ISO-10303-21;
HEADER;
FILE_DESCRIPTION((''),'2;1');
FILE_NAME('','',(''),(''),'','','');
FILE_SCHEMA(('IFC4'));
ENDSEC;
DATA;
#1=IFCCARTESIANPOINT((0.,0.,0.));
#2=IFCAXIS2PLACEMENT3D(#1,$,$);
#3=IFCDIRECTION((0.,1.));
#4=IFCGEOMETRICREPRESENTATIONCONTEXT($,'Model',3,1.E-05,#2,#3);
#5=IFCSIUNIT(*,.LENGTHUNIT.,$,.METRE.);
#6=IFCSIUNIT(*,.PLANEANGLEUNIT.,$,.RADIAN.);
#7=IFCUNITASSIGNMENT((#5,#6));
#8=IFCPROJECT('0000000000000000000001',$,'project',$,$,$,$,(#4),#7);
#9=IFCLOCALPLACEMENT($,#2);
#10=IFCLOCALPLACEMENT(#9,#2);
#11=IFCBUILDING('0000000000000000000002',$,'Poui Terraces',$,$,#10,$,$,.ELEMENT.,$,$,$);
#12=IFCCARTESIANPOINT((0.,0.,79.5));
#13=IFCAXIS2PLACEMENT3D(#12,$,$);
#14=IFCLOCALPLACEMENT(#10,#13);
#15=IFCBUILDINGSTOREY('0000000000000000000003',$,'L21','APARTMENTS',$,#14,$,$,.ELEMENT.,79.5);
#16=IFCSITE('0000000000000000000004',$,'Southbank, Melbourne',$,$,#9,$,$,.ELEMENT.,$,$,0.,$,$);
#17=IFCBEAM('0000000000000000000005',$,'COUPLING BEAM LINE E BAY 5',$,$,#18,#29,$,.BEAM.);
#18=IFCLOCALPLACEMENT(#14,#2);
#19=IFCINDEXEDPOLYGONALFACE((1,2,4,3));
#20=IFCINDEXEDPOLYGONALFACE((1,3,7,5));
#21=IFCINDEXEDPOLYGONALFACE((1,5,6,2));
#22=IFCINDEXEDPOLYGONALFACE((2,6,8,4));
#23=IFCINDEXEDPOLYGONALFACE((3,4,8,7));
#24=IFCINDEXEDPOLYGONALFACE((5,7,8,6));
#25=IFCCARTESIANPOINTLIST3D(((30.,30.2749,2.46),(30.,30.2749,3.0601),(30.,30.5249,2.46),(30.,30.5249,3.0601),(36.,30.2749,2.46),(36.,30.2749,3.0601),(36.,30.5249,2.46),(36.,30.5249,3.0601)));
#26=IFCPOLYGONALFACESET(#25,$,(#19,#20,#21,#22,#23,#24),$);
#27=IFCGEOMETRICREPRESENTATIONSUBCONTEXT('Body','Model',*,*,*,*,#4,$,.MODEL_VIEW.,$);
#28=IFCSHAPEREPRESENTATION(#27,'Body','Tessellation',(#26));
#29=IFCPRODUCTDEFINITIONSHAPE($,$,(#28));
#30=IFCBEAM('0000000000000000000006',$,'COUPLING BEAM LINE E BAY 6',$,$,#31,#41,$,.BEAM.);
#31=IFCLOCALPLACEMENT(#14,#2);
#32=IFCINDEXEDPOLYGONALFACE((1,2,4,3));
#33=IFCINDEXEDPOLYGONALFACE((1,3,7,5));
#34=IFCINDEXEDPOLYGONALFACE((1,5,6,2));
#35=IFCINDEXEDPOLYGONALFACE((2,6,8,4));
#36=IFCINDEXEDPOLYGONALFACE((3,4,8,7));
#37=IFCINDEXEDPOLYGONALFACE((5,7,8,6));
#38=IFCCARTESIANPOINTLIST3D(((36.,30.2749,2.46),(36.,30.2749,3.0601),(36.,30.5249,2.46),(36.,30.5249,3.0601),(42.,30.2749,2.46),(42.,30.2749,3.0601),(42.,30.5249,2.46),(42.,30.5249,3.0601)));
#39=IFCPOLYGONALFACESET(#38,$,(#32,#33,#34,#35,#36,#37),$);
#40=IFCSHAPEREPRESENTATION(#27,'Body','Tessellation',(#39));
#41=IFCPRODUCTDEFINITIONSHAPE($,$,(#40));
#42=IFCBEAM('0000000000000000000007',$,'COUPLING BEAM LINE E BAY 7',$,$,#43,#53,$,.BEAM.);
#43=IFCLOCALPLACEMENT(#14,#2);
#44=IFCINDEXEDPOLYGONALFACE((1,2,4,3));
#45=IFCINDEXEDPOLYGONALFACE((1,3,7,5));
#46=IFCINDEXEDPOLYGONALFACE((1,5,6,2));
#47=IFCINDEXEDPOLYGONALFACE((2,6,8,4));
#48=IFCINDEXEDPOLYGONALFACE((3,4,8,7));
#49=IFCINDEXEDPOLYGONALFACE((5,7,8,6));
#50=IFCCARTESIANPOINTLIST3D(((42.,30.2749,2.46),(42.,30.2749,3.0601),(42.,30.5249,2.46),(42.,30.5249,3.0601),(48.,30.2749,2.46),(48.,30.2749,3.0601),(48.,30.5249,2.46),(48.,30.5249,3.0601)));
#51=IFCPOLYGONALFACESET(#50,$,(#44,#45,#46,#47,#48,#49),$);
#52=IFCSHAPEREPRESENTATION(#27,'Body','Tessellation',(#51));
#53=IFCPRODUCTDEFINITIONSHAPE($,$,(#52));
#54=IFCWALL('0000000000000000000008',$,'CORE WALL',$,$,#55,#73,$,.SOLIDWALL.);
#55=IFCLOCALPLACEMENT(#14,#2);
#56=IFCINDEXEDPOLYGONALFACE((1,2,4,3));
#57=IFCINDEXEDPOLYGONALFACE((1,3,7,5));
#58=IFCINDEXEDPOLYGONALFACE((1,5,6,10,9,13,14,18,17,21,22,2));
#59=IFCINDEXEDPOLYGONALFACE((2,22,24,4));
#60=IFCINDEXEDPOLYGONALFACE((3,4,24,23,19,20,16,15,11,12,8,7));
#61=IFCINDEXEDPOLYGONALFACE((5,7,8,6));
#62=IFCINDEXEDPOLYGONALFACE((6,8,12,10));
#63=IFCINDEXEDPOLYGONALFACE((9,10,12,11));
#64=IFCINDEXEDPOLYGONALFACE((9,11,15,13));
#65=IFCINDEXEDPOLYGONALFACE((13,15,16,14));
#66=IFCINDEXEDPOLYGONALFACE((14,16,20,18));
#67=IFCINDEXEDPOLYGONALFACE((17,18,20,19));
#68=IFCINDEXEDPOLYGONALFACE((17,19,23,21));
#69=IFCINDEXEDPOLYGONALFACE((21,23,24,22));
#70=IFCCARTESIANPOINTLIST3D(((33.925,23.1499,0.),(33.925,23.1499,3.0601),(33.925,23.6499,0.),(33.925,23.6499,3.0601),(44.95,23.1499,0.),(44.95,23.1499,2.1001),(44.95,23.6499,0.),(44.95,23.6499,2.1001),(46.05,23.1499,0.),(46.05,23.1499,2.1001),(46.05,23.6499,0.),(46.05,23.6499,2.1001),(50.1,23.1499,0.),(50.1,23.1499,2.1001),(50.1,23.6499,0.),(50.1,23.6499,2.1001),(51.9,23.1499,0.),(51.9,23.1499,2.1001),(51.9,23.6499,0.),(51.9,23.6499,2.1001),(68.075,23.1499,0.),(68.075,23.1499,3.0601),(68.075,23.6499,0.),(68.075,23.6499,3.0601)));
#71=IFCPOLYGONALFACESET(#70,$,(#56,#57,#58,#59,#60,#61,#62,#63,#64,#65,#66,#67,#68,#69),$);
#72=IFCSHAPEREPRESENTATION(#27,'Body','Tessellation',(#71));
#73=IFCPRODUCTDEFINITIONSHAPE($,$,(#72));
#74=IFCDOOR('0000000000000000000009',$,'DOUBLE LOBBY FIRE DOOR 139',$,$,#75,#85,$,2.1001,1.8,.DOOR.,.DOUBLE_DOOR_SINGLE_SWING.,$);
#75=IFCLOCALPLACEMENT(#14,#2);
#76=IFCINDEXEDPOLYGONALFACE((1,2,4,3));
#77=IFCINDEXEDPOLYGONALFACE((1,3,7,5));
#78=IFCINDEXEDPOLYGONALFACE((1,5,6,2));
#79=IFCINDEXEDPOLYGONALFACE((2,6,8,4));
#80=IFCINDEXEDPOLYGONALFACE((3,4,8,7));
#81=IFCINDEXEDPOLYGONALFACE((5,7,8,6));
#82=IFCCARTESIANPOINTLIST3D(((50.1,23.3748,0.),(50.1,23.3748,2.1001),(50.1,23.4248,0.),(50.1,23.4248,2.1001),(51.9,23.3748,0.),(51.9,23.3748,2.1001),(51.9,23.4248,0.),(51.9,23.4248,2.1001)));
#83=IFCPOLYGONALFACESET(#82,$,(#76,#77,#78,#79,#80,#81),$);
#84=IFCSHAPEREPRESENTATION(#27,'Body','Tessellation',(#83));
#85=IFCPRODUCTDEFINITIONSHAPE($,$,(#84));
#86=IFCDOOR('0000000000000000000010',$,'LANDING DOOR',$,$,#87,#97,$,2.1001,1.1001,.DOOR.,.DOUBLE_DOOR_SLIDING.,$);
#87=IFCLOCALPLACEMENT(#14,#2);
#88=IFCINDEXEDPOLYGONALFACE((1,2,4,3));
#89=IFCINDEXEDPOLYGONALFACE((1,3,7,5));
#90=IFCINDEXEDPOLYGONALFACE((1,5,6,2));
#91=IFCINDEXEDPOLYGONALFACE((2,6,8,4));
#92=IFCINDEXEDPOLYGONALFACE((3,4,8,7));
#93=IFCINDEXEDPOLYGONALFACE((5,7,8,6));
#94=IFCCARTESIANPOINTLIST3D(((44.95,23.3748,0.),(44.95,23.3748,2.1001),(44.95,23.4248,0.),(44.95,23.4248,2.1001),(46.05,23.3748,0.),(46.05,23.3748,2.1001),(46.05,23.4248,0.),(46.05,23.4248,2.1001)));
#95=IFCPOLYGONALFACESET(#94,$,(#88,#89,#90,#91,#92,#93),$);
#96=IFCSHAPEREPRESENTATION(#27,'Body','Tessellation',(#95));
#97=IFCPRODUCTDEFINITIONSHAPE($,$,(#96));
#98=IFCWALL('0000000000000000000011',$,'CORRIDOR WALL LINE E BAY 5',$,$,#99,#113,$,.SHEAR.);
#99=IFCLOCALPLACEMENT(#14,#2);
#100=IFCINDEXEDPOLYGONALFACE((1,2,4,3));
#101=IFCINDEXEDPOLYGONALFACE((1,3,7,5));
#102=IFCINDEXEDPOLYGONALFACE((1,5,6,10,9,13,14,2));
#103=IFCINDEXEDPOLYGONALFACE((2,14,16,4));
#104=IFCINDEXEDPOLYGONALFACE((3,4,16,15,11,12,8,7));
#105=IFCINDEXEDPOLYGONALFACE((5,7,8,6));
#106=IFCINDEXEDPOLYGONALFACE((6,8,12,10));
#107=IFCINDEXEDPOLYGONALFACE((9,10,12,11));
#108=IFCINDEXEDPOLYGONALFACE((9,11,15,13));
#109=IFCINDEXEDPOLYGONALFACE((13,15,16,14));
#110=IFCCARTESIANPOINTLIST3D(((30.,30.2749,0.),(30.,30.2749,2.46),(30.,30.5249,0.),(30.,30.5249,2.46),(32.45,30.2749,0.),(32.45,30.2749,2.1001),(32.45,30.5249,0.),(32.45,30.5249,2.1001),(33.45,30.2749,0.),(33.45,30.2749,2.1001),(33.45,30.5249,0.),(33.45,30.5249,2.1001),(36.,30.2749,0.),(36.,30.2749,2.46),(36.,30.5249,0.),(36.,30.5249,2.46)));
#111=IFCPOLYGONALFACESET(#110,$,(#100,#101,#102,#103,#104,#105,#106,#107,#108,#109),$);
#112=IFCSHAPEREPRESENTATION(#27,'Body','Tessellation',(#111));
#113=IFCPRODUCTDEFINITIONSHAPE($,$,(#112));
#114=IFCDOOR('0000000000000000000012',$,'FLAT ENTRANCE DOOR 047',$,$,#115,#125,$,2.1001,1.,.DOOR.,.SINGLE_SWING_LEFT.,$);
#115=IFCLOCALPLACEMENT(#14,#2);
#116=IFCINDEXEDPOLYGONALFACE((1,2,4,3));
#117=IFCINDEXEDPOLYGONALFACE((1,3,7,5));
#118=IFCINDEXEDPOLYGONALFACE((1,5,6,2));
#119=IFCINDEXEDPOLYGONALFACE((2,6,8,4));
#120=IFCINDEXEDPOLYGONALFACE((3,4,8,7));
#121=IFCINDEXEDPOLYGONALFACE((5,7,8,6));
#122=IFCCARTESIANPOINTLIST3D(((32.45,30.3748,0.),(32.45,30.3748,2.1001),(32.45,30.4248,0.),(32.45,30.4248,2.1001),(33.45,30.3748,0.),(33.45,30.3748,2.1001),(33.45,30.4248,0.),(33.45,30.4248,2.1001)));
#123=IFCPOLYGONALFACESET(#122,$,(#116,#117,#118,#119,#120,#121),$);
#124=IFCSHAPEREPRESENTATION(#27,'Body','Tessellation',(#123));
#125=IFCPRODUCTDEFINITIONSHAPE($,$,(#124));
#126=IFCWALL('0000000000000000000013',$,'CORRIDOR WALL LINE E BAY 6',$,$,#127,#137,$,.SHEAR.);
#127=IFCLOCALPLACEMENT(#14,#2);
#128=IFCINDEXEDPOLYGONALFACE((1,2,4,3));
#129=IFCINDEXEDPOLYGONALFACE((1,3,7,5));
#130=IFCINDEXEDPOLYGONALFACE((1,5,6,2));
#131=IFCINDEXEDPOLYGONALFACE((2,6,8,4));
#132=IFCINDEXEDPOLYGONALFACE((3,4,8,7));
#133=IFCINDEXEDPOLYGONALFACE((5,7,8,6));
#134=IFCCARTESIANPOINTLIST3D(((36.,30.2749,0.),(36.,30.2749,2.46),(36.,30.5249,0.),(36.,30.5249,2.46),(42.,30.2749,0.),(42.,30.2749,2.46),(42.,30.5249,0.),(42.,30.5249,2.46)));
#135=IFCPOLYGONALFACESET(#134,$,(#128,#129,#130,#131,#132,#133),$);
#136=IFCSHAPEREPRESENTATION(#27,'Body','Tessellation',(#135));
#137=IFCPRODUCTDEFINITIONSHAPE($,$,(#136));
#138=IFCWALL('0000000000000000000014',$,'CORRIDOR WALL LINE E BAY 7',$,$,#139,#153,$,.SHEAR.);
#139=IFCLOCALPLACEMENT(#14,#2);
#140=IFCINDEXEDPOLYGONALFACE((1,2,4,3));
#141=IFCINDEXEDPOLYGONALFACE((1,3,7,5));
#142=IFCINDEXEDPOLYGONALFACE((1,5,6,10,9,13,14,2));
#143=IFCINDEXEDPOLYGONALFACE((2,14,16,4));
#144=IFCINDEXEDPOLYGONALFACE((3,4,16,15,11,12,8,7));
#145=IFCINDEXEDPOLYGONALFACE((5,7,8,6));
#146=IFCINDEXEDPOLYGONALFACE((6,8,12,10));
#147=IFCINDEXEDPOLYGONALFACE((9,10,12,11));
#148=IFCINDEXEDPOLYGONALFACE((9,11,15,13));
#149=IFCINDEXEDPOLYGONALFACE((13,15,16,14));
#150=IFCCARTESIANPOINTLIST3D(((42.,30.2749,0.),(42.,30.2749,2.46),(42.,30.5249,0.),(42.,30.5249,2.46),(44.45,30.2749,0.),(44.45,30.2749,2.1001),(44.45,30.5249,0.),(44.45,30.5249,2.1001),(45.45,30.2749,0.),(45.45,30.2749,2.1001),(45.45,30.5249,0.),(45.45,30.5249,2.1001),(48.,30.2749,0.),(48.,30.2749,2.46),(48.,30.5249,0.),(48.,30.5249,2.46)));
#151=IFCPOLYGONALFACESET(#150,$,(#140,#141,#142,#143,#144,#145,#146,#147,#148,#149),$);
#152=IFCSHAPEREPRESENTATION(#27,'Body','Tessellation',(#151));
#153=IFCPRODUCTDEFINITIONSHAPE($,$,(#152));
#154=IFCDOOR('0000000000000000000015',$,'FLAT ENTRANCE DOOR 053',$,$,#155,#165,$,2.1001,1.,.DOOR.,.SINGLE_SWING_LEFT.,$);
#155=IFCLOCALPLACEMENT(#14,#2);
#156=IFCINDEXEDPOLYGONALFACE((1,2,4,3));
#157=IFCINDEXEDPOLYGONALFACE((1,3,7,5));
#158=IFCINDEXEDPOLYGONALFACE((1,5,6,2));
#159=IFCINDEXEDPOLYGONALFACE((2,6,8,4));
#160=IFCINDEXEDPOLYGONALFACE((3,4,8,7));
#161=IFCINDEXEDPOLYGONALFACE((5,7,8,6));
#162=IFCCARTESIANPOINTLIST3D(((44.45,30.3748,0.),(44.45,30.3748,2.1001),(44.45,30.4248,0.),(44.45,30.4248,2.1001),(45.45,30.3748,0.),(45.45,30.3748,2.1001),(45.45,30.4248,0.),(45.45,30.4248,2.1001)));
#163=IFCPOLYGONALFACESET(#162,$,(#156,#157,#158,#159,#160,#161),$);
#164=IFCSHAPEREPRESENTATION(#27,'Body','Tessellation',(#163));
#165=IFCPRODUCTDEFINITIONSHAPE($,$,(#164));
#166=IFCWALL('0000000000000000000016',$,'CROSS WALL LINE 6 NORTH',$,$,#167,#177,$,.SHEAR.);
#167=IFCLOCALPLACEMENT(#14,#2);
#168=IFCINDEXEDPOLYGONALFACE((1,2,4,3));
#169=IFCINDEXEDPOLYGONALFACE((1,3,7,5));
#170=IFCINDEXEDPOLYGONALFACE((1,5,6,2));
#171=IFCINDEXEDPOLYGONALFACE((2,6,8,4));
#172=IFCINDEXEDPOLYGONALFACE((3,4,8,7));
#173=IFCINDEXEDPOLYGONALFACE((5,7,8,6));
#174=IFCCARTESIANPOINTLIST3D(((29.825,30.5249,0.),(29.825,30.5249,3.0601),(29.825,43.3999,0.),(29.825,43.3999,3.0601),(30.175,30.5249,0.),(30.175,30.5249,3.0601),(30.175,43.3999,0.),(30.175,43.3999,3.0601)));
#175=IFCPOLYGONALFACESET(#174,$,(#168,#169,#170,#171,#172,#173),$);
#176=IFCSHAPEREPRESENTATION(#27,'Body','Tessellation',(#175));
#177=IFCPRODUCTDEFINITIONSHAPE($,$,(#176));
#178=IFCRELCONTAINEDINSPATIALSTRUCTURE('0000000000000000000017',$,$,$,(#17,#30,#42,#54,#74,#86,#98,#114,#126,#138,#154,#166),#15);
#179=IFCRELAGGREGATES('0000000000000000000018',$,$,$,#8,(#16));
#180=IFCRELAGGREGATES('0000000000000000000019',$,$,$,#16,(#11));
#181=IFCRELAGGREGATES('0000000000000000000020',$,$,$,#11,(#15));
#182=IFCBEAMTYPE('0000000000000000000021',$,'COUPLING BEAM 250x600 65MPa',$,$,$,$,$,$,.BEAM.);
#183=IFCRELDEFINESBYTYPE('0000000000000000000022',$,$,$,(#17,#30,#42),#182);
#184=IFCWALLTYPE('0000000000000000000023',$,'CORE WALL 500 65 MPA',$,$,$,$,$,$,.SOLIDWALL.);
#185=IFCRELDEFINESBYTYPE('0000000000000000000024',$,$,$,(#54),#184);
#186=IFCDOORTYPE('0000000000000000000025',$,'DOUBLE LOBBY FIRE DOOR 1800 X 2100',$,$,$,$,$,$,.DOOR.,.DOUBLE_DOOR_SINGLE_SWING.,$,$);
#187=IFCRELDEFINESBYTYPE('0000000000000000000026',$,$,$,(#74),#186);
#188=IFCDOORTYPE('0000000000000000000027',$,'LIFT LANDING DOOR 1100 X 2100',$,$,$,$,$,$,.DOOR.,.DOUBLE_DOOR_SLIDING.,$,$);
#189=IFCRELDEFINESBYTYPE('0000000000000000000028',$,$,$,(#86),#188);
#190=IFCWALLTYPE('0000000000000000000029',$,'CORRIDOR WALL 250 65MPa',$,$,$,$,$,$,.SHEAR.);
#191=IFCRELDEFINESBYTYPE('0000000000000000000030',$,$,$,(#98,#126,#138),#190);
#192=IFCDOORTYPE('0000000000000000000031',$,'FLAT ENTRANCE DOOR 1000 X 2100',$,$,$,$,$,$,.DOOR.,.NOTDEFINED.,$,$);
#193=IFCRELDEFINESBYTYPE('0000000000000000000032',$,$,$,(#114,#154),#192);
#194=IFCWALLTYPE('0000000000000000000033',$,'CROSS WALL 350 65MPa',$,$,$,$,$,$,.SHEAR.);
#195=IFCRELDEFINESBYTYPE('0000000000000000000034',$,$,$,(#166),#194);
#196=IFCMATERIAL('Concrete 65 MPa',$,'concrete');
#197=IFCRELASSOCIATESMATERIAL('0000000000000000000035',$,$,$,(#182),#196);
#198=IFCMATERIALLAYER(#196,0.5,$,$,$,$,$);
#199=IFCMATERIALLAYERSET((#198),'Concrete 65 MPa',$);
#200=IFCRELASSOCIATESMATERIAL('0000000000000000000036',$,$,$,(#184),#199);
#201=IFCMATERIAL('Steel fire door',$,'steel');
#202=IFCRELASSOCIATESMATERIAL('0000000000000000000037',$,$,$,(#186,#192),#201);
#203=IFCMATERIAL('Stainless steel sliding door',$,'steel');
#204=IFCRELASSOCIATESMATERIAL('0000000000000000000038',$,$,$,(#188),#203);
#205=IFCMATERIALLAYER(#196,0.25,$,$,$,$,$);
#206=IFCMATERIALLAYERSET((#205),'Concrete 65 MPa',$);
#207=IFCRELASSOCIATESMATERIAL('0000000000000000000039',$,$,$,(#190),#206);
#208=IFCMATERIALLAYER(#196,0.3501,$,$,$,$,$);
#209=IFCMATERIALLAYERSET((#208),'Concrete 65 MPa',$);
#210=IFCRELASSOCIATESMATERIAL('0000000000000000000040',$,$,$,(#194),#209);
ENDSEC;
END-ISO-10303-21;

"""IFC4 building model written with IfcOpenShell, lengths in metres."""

from ifc_helpers import new_model, si_unit, direction, frame, frame_2d, origin, origin_2d, place, context, subcontext, project, spatial, rectangle, extrude, source, transform, mapped, material, layer, layer_set, material_profile, profile_set, type_object, element, fill, save


model = new_model("IFC4")

# Units and contexts
model_context = context("Model", 3, precision=1e-05, world=origin(), true_north=direction((0.0, 1.0)))
body_context = subcontext(model_context, "Body", "Model", "MODEL_VIEW")
ifc_project = project(units=[si_unit("LENGTHUNIT", "METRE"), si_unit("PLANEANGLEUNIT", "RADIAN")], contexts=[model_context])

# Site, building, storey
site_placement = place(None, origin())
site = spatial("IfcSite", under=ifc_project, at=site_placement, Name="Southbank, Melbourne", CompositionType="ELEMENT", RefElevation=0.0)
building_placement = place(site_placement, origin())
building = spatial("IfcBuilding", under=site, at=building_placement, Name="Poui Terraces", CompositionType="ELEMENT")
storey_placement = place(building_placement, frame((0.0, 0.0, 79.5)))
storey = spatial("IfcBuildingStorey", under=building, at=storey_placement, Name="L21", Description="APARTMENTS", CompositionType="ELEMENT", Elevation=79.5)

# Beams
ifc_material_1 = material(Name="Concrete 65 MPa", Category="concrete")
ifc_material_profile = material_profile(ifc_material_1, rectangle(XDim=0.25, YDim=0.6001, at=origin_2d()), Name="RC 250x600")
ifc_profile_set = profile_set([ifc_material_profile], Name="Concrete 65 MPa")
beam_type = type_object("IfcBeamType", Name="COUPLING BEAM 250x600 65MPa", PredefinedType="BEAM", material=ifc_profile_set)
shared_shape = source(origin(), body_context, "Body", "SweptSolid", [
    extrude(rectangle(XDim=0.25, YDim=0.6001, at=origin_2d()), origin(), (0.0, 0.0, 1.0), 6.0),
])
for number, where, z_axis, x_axis, name in (
    (1, (30.0, 30.3999, 2.76), (1.0, 0.0, 0.0), (0.0, 1.0, 0.0), "COUPLING BEAM LINE E BAY 5"),
    (2, (36.0, 30.3999, 2.76), (1.0, 0.0, 0.0), (0.0, 1.0, 0.0), "COUPLING BEAM LINE E BAY 6"),
    (3, (42.0, 30.3999, 2.76), (1.0, 0.0, 0.0), (0.0, 1.0, 0.0), "COUPLING BEAM LINE E BAY 7"),
):
    element("IfcBeam", number, at=place(storey_placement, frame(where, z_axis=z_axis, x_axis=x_axis)), inside=storey, type_object=beam_type, Name=name, PredefinedType="BEAM", context=body_context, shape_type="MappedRepresentation", body=[
        mapped(shared_shape, transform((0.0, 0.0, 0.0))),
    ])

# Wall, openings, doors
ifc_layer_1 = layer(ifc_material_1, 0.5)
ifc_layer_set_1 = layer_set([ifc_layer_1], Name="Concrete 65 MPa")
wall_type_1 = type_object("IfcWallType", Name="CORE WALL 500 65 MPA", PredefinedType="SOLIDWALL", material=ifc_layer_set_1)
wall_1_placement = place(storey_placement, frame((33.925, 23.3999, 0.0), z_axis=(0.0, 0.0, 1.0), x_axis=(1.0, 0.0, 0.0)))
wall_1 = element("IfcWall", 4, at=wall_1_placement, inside=storey, type_object=wall_type_1, Name="CORE WALL", PredefinedType="SOLIDWALL", context=body_context, shape_type="SweptSolid", body=[
    extrude(rectangle(XDim=34.1499, YDim=0.5, at=frame_2d((17.075, 0.0))), origin(), (0.0, 0.0, 1.0), 3.0601),
])
opening_1_placement = place(wall_1_placement, frame((16.175, 0.0, 0.0)))
opening_1 = element("IfcOpeningElement", 5, at=opening_1_placement, cuts=wall_1, PredefinedType="OPENING", context=body_context, shape_type="SweptSolid", body=[
    extrude(rectangle(XDim=1.8, YDim=2.1001, at=frame_2d((0.8999, 1.05))), frame((0.0, 0.26, 0.0), z_axis=(0.0, -1.0, 0.0), x_axis=(1.0, 0.0, 0.0)), (0.0, 0.0, 1.0), 0.52),
])
opening_2_placement = place(wall_1_placement, frame((11.0249, 0.0, 0.0)))
opening_2 = element("IfcOpeningElement", 6, at=opening_2_placement, cuts=wall_1, PredefinedType="OPENING", context=body_context, shape_type="SweptSolid", body=[
    extrude(rectangle(XDim=1.1001, YDim=2.1001, at=frame_2d((0.55, 1.05))), frame((0.0, 0.26, 0.0), z_axis=(0.0, -1.0, 0.0), x_axis=(1.0, 0.0, 0.0)), (0.0, 0.0, 1.0), 0.52),
])
ifc_material_2 = material(Name="Steel fire door", Category="steel")
door_type_1 = type_object("IfcDoorType", Name="DOUBLE LOBBY FIRE DOOR 1800 X 2100", OperationType="DOUBLE_DOOR_SINGLE_SWING", PredefinedType="DOOR", material=ifc_material_2)
door_1_placement = place(opening_1_placement, origin())
door_1 = element("IfcDoor", 7, at=door_1_placement, inside=storey, type_object=door_type_1, Name="DOUBLE LOBBY FIRE DOOR 139", OperationType="DOUBLE_DOOR_SINGLE_SWING", OverallHeight=2.1001, OverallWidth=1.8, PredefinedType="DOOR", context=body_context, shape_type="SweptSolid", body=[
    extrude(rectangle(XDim=1.8, YDim=2.1001, at=frame_2d((0.8999, 1.05))), frame((0.0, 0.0249, 0.0), z_axis=(0.0, -1.0, 0.0), x_axis=(1.0, 0.0, 0.0)), (0.0, 0.0, 1.0), 0.05),
])
fill(opening_1, door_1)
ifc_material_3 = material(Name="Stainless steel sliding door", Category="steel")
door_type_2 = type_object("IfcDoorType", Name="LIFT LANDING DOOR 1100 X 2100", OperationType="DOUBLE_DOOR_SLIDING", PredefinedType="DOOR", material=ifc_material_3)
door_2_placement = place(opening_2_placement, origin())
door_2 = element("IfcDoor", 8, at=door_2_placement, inside=storey, type_object=door_type_2, Name="LANDING DOOR", OperationType="DOUBLE_DOOR_SLIDING", OverallHeight=2.1001, OverallWidth=1.1001, PredefinedType="DOOR", context=body_context, shape_type="SweptSolid", body=[
    extrude(rectangle(XDim=1.1001, YDim=2.1001, at=frame_2d((0.55, 1.05))), frame((0.0, 0.0249, 0.0), z_axis=(0.0, -1.0, 0.0), x_axis=(1.0, 0.0, 0.0)), (0.0, 0.0, 1.0), 0.05),
])
fill(opening_2, door_2)

# Wall, opening, door
ifc_layer_2 = layer(ifc_material_1, 0.25)
ifc_layer_set_2 = layer_set([ifc_layer_2], Name="Concrete 65 MPa")
wall_type_2 = type_object("IfcWallType", Name="CORRIDOR WALL 250 65MPa", PredefinedType="SHEAR", material=ifc_layer_set_2)
wall_2_placement = place(storey_placement, frame((30.0, 30.3999, 0.0), z_axis=(0.0, 0.0, 1.0), x_axis=(1.0, 0.0, 0.0)))
wall_2 = element("IfcWall", 9, at=wall_2_placement, inside=storey, type_object=wall_type_2, Name="CORRIDOR WALL LINE E BAY 5", PredefinedType="SHEAR", context=body_context, shape_type="SweptSolid", body=[
    extrude(rectangle(XDim=6.0, YDim=0.25, at=frame_2d((3.0, 0.0))), origin(), (0.0, 0.0, 1.0), 2.46),
])
opening_3_placement = place(wall_2_placement, frame((2.45, 0.0, 0.0)))
opening_3 = element("IfcOpeningElement", 10, at=opening_3_placement, cuts=wall_2, PredefinedType="OPENING", context=body_context, shape_type="SweptSolid", body=[
    extrude(rectangle(XDim=1.0, YDim=2.1001, at=frame_2d((0.5, 1.05))), frame((0.0, 0.135, 0.0), z_axis=(0.0, -1.0, 0.0), x_axis=(1.0, 0.0, 0.0)), (0.0, 0.0, 1.0), 0.27),
])
door_type_3 = type_object("IfcDoorType", Name="FLAT ENTRANCE DOOR 1000 X 2100", OperationType="NOTDEFINED", PredefinedType="DOOR", material=ifc_material_2)
door_3_placement = place(opening_3_placement, origin())
door_3 = element("IfcDoor", 11, at=door_3_placement, inside=storey, type_object=door_type_3, Name="FLAT ENTRANCE DOOR 047", OperationType="SINGLE_SWING_LEFT", OverallHeight=2.1001, OverallWidth=1.0, PredefinedType="DOOR", context=body_context, shape_type="SweptSolid", body=[
    extrude(rectangle(XDim=1.0, YDim=2.1001, at=frame_2d((0.5, 1.05))), frame((0.0, 0.0249, 0.0), z_axis=(0.0, -1.0, 0.0), x_axis=(1.0, 0.0, 0.0)), (0.0, 0.0, 1.0), 0.05),
])
fill(opening_3, door_3)

# Wall
wall_3_placement = place(storey_placement, frame((36.0, 30.3999, 0.0), z_axis=(0.0, 0.0, 1.0), x_axis=(1.0, 0.0, 0.0)))
element("IfcWall", 12, at=wall_3_placement, inside=storey, type_object=wall_type_2, Name="CORRIDOR WALL LINE E BAY 6", PredefinedType="SHEAR", context=body_context, shape_type="SweptSolid", body=[
    extrude(rectangle(XDim=6.0, YDim=0.25, at=frame_2d((3.0, 0.0))), origin(), (0.0, 0.0, 1.0), 2.46),
])

# Wall, opening, door
wall_4_placement = place(storey_placement, frame((42.0, 30.3999, 0.0), z_axis=(0.0, 0.0, 1.0), x_axis=(1.0, 0.0, 0.0)))
wall_4 = element("IfcWall", 13, at=wall_4_placement, inside=storey, type_object=wall_type_2, Name="CORRIDOR WALL LINE E BAY 7", PredefinedType="SHEAR", context=body_context, shape_type="SweptSolid", body=[
    extrude(rectangle(XDim=6.0, YDim=0.25, at=frame_2d((3.0, 0.0))), origin(), (0.0, 0.0, 1.0), 2.46),
])
opening_4_placement = place(wall_4_placement, frame((2.45, 0.0, 0.0)))
opening_4 = element("IfcOpeningElement", 14, at=opening_4_placement, cuts=wall_4, PredefinedType="OPENING", context=body_context, shape_type="SweptSolid", body=[
    extrude(rectangle(XDim=1.0, YDim=2.1001, at=frame_2d((0.5, 1.05))), frame((0.0, 0.135, 0.0), z_axis=(0.0, -1.0, 0.0), x_axis=(1.0, 0.0, 0.0)), (0.0, 0.0, 1.0), 0.27),
])
door_4_placement = place(opening_4_placement, origin())
door_4 = element("IfcDoor", 15, at=door_4_placement, inside=storey, type_object=door_type_3, Name="FLAT ENTRANCE DOOR 053", OperationType="SINGLE_SWING_LEFT", OverallHeight=2.1001, OverallWidth=1.0, PredefinedType="DOOR", context=body_context, shape_type="SweptSolid", body=[
    extrude(rectangle(XDim=1.0, YDim=2.1001, at=frame_2d((0.5, 1.05))), frame((0.0, 0.0249, 0.0), z_axis=(0.0, -1.0, 0.0), x_axis=(1.0, 0.0, 0.0)), (0.0, 0.0, 1.0), 0.05),
])
fill(opening_4, door_4)

# Wall
ifc_layer_3 = layer(ifc_material_1, 0.3501)
ifc_layer_set_3 = layer_set([ifc_layer_3], Name="Concrete 65 MPa")
wall_type_3 = type_object("IfcWallType", Name="CROSS WALL 350 65MPa", PredefinedType="SHEAR", material=ifc_layer_set_3)
wall_5_placement = place(storey_placement, frame((30.0, 30.5249, 0.0), z_axis=(0.0, 0.0, 1.0), x_axis=(0.0, 1.0, 0.0)))
element("IfcWall", 16, at=wall_5_placement, inside=storey, type_object=wall_type_3, Name="CROSS WALL LINE 6 NORTH", PredefinedType="SHEAR", context=body_context, shape_type="SweptSolid", body=[
    extrude(rectangle(XDim=12.875, YDim=0.3501, at=frame_2d((6.4375, 0.0))), origin(), (0.0, 0.0, 1.0), 3.0601),
])

save(model, "model.ifc")
